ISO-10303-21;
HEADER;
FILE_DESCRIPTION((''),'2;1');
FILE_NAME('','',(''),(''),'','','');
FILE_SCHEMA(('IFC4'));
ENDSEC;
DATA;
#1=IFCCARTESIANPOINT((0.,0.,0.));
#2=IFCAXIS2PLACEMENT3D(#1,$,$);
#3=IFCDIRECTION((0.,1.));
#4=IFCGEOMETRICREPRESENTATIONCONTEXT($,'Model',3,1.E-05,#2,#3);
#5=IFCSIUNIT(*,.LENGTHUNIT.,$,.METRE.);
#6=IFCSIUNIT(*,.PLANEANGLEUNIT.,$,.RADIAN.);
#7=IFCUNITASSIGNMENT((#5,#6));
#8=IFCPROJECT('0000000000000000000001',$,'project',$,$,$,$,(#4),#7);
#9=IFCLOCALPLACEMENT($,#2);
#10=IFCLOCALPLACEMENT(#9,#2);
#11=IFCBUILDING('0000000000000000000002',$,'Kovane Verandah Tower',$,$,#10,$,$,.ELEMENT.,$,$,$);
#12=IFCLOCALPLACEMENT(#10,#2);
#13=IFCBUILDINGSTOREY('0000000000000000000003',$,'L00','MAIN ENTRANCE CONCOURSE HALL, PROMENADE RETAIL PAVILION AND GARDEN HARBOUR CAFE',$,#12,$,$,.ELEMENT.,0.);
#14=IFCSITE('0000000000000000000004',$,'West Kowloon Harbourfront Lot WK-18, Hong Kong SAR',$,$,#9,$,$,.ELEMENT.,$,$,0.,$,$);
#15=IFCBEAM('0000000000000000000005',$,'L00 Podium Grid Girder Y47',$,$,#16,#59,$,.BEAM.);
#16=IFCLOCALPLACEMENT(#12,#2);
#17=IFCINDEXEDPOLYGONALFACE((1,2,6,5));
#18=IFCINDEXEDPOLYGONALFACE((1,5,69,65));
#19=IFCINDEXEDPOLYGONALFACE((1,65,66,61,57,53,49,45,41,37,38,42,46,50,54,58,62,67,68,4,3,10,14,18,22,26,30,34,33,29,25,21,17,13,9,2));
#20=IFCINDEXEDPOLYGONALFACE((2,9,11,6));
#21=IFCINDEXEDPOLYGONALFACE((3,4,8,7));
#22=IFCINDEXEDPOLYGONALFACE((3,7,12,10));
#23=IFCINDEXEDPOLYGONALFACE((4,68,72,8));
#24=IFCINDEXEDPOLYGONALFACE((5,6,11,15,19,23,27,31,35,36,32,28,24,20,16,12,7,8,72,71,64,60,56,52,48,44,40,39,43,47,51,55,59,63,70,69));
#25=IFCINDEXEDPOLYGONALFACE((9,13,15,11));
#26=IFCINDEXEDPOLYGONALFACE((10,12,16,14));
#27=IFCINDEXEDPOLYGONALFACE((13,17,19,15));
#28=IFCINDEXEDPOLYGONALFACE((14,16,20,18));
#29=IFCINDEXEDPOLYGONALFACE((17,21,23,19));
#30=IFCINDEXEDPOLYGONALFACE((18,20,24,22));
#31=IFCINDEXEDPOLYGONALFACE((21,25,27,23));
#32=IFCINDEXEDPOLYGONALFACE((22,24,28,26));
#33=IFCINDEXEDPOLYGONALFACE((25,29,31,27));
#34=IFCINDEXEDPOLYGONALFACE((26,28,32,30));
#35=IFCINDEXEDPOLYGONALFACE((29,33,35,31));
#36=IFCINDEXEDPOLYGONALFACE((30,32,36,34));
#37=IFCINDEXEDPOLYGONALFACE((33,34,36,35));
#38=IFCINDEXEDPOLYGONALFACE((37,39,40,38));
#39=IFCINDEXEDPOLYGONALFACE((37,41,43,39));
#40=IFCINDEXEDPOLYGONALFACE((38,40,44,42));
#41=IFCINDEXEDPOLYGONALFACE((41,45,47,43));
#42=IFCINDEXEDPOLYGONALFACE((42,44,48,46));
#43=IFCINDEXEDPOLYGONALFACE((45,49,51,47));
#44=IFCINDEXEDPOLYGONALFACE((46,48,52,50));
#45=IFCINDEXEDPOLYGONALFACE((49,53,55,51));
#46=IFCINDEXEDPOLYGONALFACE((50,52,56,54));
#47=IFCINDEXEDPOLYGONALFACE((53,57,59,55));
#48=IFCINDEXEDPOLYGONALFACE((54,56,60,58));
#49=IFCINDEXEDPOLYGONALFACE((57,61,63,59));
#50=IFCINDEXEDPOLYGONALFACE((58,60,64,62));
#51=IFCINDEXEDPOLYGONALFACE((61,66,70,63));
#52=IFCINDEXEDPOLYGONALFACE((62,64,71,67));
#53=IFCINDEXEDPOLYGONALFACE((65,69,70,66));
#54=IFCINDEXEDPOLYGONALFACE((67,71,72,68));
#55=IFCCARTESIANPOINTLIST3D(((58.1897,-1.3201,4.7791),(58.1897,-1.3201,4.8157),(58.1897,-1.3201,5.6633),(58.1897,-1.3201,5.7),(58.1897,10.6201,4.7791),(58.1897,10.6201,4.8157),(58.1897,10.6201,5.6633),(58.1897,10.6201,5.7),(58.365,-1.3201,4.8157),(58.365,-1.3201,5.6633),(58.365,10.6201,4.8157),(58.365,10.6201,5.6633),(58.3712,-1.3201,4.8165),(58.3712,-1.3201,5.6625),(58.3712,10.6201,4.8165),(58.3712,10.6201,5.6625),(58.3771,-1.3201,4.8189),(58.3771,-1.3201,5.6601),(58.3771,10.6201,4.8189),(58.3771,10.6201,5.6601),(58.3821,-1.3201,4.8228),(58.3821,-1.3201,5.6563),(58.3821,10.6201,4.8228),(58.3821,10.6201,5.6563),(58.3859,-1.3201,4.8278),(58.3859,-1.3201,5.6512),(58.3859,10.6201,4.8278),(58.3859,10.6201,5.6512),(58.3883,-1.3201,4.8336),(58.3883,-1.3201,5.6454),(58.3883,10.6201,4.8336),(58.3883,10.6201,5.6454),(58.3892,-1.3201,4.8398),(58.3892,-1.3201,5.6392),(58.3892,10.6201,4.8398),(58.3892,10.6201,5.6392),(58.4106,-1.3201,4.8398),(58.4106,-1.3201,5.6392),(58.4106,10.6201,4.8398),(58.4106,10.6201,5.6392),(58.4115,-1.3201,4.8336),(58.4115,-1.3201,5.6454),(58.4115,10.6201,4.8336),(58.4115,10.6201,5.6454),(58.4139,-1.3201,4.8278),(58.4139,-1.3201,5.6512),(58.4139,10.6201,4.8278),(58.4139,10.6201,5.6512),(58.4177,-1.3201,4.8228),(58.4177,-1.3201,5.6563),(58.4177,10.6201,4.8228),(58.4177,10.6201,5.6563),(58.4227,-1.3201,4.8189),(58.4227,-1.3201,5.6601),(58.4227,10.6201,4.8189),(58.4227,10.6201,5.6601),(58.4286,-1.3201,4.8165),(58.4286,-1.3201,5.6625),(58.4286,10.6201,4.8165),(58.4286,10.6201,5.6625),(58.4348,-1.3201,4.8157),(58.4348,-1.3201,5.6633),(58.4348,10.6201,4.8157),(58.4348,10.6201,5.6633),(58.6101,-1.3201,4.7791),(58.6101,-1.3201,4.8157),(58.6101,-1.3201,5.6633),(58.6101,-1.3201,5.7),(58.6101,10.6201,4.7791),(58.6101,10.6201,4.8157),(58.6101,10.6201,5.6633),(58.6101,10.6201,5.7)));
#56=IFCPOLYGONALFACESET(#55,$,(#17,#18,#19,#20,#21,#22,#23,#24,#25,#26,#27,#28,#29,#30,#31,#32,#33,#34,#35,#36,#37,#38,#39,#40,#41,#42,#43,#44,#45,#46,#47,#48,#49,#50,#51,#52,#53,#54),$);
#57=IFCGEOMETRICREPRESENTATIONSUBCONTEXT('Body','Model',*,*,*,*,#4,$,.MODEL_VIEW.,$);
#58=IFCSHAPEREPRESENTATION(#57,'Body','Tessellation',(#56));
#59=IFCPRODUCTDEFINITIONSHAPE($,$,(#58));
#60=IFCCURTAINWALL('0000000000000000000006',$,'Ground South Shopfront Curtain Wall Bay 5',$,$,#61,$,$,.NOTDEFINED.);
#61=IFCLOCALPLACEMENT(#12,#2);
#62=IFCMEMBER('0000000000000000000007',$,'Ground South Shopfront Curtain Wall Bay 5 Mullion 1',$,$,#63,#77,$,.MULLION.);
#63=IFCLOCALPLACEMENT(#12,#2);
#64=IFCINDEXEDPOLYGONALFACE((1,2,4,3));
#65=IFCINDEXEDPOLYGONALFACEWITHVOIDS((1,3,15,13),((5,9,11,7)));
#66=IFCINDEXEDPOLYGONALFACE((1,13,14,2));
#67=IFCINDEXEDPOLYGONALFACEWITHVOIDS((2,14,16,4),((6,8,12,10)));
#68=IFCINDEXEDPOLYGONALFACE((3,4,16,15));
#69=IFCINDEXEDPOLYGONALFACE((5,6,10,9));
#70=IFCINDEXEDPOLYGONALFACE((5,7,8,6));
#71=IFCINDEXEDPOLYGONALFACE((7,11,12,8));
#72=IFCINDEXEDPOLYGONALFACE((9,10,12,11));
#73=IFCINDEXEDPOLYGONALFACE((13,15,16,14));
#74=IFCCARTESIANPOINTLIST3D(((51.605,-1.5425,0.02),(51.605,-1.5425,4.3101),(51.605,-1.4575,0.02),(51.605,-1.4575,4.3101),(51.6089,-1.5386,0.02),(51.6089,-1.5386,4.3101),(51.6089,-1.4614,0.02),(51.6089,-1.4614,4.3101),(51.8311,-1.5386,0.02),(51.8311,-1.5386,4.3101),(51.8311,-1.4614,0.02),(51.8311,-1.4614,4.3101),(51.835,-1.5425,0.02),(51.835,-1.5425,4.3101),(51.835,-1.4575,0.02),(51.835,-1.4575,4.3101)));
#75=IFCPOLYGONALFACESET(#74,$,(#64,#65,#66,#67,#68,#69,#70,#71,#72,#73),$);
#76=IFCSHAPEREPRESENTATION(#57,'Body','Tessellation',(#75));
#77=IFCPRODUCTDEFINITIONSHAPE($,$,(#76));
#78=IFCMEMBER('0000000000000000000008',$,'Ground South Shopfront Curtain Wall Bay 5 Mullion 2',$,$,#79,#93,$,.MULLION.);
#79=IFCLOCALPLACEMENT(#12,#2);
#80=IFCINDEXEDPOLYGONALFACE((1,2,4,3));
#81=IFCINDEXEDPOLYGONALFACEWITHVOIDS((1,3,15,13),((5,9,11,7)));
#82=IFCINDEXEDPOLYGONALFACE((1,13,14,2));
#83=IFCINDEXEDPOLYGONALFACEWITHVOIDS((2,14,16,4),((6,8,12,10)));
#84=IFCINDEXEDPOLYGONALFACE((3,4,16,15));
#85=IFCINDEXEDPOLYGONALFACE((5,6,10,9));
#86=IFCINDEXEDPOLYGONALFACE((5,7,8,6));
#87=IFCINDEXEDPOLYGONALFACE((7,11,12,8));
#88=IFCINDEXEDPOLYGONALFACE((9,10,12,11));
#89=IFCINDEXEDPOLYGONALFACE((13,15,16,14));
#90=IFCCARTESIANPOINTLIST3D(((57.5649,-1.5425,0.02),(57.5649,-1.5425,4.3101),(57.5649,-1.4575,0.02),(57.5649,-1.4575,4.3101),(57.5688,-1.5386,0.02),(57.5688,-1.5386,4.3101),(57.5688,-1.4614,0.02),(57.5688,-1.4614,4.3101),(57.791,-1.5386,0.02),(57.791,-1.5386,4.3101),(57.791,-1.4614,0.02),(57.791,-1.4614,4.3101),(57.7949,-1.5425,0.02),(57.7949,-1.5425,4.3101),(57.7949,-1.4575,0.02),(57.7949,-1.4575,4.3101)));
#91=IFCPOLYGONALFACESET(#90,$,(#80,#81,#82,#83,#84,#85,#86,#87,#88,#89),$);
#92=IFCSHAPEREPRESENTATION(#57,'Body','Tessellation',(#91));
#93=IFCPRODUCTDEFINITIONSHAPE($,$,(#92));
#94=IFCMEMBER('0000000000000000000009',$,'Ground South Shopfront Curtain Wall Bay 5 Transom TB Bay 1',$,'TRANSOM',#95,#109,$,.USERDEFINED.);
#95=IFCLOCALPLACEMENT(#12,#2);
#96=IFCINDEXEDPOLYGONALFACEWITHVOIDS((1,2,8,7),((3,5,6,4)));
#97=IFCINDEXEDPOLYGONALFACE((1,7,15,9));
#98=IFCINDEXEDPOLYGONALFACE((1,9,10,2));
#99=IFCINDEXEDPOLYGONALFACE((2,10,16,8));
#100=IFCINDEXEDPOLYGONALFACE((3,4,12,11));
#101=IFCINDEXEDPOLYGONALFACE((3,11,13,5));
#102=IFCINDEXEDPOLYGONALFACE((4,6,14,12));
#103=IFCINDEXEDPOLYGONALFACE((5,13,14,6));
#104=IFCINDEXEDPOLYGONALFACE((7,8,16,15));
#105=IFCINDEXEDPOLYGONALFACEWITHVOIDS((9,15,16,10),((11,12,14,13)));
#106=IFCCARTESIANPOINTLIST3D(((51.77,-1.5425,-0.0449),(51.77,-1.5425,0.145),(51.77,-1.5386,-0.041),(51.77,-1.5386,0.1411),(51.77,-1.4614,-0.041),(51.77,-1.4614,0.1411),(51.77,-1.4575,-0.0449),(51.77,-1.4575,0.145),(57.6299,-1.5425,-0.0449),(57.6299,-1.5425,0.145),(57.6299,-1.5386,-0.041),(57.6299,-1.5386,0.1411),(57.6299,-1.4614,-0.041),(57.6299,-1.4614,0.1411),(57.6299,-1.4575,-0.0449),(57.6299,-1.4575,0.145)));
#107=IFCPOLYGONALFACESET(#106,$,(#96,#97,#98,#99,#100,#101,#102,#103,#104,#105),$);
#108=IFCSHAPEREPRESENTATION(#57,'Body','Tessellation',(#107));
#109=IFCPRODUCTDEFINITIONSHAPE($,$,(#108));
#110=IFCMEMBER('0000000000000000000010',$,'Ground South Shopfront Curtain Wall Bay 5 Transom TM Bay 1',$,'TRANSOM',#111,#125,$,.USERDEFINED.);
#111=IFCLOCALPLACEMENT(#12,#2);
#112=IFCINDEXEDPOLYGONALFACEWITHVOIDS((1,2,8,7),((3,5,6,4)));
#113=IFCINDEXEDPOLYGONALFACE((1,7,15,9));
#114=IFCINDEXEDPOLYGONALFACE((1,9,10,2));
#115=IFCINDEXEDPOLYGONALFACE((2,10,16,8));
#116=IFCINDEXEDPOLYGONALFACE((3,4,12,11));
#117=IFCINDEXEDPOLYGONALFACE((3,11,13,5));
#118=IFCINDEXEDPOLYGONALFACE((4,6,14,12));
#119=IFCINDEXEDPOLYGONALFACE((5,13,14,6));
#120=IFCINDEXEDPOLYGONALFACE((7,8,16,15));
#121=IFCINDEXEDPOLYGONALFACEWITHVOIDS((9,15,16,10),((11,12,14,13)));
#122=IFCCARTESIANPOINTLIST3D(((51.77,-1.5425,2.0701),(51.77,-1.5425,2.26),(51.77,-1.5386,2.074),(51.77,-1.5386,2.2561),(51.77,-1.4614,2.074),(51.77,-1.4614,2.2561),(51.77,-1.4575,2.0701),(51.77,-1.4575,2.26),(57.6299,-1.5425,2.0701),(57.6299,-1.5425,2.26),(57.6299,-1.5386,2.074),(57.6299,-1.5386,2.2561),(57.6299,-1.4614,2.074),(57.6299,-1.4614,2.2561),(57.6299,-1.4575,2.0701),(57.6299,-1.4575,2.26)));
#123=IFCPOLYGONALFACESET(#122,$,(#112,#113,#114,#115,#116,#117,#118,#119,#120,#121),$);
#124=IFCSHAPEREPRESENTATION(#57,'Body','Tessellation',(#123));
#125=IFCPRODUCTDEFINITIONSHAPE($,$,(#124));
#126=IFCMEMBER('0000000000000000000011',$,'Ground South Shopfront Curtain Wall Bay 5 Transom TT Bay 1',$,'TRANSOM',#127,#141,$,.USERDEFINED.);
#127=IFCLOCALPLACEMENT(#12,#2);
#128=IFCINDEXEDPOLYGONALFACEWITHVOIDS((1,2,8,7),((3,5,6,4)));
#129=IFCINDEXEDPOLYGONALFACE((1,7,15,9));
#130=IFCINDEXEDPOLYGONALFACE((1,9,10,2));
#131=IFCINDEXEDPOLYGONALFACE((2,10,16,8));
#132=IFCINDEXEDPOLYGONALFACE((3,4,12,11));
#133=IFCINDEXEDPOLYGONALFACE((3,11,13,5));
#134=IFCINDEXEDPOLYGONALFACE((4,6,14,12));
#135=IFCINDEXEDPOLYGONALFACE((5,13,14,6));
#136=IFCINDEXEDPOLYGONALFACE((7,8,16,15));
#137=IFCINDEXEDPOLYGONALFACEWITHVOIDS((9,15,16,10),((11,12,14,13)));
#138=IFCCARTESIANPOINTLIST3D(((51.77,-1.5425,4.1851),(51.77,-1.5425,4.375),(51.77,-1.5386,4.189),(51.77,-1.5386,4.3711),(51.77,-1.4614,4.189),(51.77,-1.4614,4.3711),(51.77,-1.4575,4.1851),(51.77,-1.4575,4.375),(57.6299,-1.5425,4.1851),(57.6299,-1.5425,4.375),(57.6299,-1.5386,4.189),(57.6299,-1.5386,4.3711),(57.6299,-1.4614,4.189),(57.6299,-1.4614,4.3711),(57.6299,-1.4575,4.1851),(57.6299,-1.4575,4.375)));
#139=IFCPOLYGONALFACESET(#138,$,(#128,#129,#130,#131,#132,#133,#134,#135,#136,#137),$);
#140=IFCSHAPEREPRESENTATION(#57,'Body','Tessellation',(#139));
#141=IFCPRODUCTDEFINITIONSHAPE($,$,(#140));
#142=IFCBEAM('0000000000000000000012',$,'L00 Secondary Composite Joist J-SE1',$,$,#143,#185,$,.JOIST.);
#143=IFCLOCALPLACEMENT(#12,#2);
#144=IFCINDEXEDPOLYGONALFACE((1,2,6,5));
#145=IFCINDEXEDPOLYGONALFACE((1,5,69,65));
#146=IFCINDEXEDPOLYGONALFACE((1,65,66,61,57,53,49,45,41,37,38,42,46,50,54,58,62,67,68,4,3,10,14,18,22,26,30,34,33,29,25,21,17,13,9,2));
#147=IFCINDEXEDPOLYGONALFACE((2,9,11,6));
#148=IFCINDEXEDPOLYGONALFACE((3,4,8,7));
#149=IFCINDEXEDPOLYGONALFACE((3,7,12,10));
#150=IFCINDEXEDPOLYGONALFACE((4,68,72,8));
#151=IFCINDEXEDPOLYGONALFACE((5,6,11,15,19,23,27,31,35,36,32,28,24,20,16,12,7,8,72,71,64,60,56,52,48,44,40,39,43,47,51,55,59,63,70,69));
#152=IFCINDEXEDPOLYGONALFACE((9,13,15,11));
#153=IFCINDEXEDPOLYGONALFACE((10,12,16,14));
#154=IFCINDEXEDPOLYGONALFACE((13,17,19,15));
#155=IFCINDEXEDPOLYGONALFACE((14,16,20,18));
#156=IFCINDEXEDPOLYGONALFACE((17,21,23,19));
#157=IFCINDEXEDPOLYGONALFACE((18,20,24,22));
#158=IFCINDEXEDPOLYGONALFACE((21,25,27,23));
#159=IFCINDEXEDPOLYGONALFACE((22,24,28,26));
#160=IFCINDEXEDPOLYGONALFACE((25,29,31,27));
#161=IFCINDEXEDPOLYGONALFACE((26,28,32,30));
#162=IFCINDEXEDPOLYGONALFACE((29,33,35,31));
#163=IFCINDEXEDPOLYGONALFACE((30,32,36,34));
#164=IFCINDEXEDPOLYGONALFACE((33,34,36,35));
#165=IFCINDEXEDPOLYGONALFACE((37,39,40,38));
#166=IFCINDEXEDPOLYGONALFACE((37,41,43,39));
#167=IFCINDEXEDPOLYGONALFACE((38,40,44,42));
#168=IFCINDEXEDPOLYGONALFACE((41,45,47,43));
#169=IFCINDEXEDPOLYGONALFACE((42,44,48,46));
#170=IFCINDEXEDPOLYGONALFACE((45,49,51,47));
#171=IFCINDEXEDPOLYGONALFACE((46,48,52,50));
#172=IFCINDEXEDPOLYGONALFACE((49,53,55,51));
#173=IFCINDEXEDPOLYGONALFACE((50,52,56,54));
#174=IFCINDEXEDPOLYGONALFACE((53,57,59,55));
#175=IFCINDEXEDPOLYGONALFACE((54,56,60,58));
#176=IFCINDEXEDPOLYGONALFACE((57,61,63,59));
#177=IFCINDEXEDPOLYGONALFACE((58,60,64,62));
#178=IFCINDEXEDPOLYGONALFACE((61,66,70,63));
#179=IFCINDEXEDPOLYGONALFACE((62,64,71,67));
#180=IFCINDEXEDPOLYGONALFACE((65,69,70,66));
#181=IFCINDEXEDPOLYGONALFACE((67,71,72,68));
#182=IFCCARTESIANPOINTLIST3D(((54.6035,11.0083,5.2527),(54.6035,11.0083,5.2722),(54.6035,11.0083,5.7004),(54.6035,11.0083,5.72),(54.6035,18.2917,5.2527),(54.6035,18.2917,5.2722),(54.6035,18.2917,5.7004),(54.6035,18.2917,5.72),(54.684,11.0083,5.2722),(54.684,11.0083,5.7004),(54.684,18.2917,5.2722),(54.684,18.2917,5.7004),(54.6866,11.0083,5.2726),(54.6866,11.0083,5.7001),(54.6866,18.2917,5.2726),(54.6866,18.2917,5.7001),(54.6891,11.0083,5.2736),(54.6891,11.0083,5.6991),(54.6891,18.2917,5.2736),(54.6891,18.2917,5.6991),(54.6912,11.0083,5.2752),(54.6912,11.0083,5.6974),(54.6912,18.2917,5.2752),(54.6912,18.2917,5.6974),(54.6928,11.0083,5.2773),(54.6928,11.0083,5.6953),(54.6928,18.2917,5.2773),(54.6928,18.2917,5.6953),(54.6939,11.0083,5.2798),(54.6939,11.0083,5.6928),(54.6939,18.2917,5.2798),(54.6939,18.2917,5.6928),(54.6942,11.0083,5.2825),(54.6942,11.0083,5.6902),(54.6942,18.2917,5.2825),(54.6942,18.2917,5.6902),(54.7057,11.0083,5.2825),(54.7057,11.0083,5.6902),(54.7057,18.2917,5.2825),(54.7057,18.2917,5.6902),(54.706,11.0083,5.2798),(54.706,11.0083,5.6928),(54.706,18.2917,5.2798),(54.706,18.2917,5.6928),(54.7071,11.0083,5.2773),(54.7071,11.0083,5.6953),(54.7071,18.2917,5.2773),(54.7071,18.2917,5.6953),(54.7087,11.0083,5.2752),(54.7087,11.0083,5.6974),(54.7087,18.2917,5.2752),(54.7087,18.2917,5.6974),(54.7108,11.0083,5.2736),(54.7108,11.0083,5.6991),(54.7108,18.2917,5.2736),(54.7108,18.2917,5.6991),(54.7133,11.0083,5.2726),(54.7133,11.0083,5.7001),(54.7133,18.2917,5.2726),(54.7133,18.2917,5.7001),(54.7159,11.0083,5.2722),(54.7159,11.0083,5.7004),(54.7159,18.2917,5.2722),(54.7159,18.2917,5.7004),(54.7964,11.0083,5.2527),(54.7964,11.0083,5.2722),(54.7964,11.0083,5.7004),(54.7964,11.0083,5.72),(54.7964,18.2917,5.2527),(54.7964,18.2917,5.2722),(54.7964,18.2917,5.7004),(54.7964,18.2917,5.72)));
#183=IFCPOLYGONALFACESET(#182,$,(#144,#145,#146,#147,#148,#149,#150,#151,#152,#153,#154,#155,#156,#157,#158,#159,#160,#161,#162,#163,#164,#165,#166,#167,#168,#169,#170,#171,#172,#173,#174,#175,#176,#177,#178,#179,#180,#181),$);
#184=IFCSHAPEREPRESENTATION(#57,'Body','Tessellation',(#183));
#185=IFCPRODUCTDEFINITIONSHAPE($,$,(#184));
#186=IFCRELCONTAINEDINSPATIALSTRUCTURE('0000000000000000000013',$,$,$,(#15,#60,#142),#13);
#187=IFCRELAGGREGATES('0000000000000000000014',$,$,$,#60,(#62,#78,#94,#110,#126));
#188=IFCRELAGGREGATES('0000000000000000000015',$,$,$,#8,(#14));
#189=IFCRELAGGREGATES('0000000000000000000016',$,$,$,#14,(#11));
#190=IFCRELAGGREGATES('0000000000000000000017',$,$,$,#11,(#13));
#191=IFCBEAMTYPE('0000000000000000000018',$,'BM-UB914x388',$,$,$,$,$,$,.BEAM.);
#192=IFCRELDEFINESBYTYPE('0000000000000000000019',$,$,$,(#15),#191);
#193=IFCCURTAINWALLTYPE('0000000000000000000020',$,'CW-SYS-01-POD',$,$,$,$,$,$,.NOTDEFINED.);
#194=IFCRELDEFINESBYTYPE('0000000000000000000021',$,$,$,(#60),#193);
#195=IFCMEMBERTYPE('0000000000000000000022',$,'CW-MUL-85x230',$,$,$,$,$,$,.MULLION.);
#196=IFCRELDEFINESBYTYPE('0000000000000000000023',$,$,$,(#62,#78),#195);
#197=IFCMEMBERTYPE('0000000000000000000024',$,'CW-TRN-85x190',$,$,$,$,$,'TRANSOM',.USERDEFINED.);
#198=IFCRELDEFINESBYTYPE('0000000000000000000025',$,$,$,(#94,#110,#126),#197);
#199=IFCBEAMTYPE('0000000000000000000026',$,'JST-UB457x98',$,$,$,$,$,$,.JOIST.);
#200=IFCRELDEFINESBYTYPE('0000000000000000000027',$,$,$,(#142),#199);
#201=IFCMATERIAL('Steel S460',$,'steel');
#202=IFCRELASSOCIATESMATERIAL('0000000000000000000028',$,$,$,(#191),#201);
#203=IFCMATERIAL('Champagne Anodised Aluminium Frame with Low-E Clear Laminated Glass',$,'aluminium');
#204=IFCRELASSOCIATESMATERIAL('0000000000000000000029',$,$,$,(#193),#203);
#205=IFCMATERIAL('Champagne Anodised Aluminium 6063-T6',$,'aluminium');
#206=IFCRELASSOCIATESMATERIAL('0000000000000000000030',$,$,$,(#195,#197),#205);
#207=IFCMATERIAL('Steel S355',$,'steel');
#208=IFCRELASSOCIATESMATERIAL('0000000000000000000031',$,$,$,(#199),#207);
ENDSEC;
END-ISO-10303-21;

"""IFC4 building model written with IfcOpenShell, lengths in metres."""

from ifc_helpers import new_model, si_unit, direction, frame, origin, origin_2d, place, context, subcontext, project, spatial, hollow_rectangle, i_section, extrude, material, material_profile, profile_set, type_object, element, aggregate, save


model = new_model("IFC4")

# Units and contexts
model_context = context("Model", 3, precision=1e-05, world=origin(), true_north=direction((0.0, 1.0)))
body_context = subcontext(model_context, "Body", "Model", "MODEL_VIEW")
ifc_project = project(units=[si_unit("LENGTHUNIT", "METRE"), si_unit("PLANEANGLEUNIT", "RADIAN")], contexts=[model_context])

# Site, building, storey
site_placement = place(None, origin())
site = spatial("IfcSite", under=ifc_project, at=site_placement, Name="West Kowloon Harbourfront Lot WK-18, Hong Kong SAR", CompositionType="ELEMENT", RefElevation=0.0)
building_placement = place(site_placement, origin())
building = spatial("IfcBuilding", under=site, at=building_placement, Name="Kovane Verandah Tower", CompositionType="ELEMENT")
storey_placement = place(building_placement, origin())
storey = spatial("IfcBuildingStorey", under=building, at=storey_placement, Name="L00", Description="MAIN ENTRANCE CONCOURSE HALL, PROMENADE RETAIL PAVILION AND GARDEN HARBOUR CAFE", CompositionType="ELEMENT", Elevation=0.0)

# Shared definitions
ifc_material_1 = material(Name="Steel S460", Category="steel")

# Beam
ifc_material_profile_1 = material_profile(ifc_material_1, i_section(OverallWidth=0.4204, OverallDepth=0.9209, WebThickness=0.0215, FlangeThickness=0.0366, FilletRadius=0.0242, at=origin_2d()), Name="UB914x419x388")
ifc_profile_set_1 = profile_set([ifc_material_profile_1], Name="Steel S460")
beam_type_1 = type_object("IfcBeamType", Name="BM-UB914x388", PredefinedType="BEAM", material=ifc_profile_set_1)
for number, where, z_axis, x_axis, name in (
    (1, (58.3999, -1.3201, 5.2395), (0.0, 1.0, 0.0), (-1.0, 0.0, 0.0), "L00 Podium Grid Girder Y47"),
):
    element("IfcBeam", number, at=place(storey_placement, frame(where, z_axis=z_axis, x_axis=x_axis)), inside=storey, type_object=beam_type_1, Name=name, PredefinedType="BEAM", context=body_context, shape_type="SweptSolid", body=[
        extrude(i_section(OverallWidth=0.4204, OverallDepth=0.9209, WebThickness=0.0215, FlangeThickness=0.0366, FilletRadius=0.0242, at=origin_2d()), origin(), (0.0, 0.0, 1.0), 11.9402),
    ])

# Curtain wall, members
ifc_material_2 = material(Name="Champagne Anodised Aluminium Frame with Low-E Clear Laminated Glass", Category="aluminium")
curtain_wall_type = type_object("IfcCurtainWallType", Name="CW-SYS-01-POD", PredefinedType="NOTDEFINED", material=ifc_material_2)
curtain_wall_placement = place(storey_placement, origin())
curtain_wall = element("IfcCurtainWall", 2, at=curtain_wall_placement, inside=storey, type_object=curtain_wall_type, Name="Ground South Shopfront Curtain Wall Bay 5", PredefinedType="NOTDEFINED")
ifc_material_3 = material(Name="Champagne Anodised Aluminium 6063-T6", Category="aluminium")
ifc_material_profile_2 = material_profile(ifc_material_3, hollow_rectangle(XDim=0.085, YDim=0.23, WallThickness=0.0039, at=origin_2d()), Name="AL85x230x4")
ifc_profile_set_2 = profile_set([ifc_material_profile_2], Name="Champagne Anodised Aluminium 6063-T6")
member_type_1 = type_object("IfcMemberType", Name="CW-MUL-85x230", PredefinedType="MULLION", material=ifc_profile_set_2)
member_1_placement = place(storey_placement, frame((51.72, -1.5, 0.02), z_axis=(0.0, 0.0, 1.0), x_axis=(0.0, -1.0, 0.0)))
member_1 = element("IfcMember", 3, at=member_1_placement, type_object=member_type_1, Name="Ground South Shopfront Curtain Wall Bay 5 Mullion 1", PredefinedType="MULLION", context=body_context, shape_type="SweptSolid", body=[
    extrude(hollow_rectangle(XDim=0.085, YDim=0.23, WallThickness=0.0039, at=origin_2d()), origin(), (0.0, 0.0, 1.0), 4.29),
])
member_2_placement = place(storey_placement, frame((57.6799, -1.5, 0.02), z_axis=(0.0, 0.0, 1.0), x_axis=(0.0, -1.0, 0.0)))
member_2 = element("IfcMember", 4, at=member_2_placement, type_object=member_type_1, Name="Ground South Shopfront Curtain Wall Bay 5 Mullion 2", PredefinedType="MULLION", context=body_context, shape_type="SweptSolid", body=[
    extrude(hollow_rectangle(XDim=0.085, YDim=0.23, WallThickness=0.0039, at=origin_2d()), origin(), (0.0, 0.0, 1.0), 4.29),
])
ifc_material_profile_3 = material_profile(ifc_material_3, hollow_rectangle(XDim=0.085, YDim=0.1899, WallThickness=0.0039, at=origin_2d()), Name="AL85x190x4")
ifc_profile_set_3 = profile_set([ifc_material_profile_3], Name="Champagne Anodised Aluminium 6063-T6")
member_type_2 = type_object("IfcMemberType", Name="CW-TRN-85x190", ElementType="TRANSOM", PredefinedType="USERDEFINED", material=ifc_profile_set_3)
member_3_placement = place(storey_placement, frame((51.77, -1.5, 0.05), z_axis=(1.0, 0.0, 0.0), x_axis=(0.0, 1.0, 0.0)))
member_3 = element("IfcMember", 5, at=member_3_placement, type_object=member_type_2, Name="Ground South Shopfront Curtain Wall Bay 5 Transom TB Bay 1", ObjectType="TRANSOM", PredefinedType="USERDEFINED", context=body_context, shape_type="SweptSolid", body=[
    extrude(hollow_rectangle(XDim=0.085, YDim=0.1899, WallThickness=0.0039, at=origin_2d()), origin(), (0.0, 0.0, 1.0), 5.8599),
])
member_4_placement = place(storey_placement, frame((51.77, -1.5, 2.165), z_axis=(1.0, 0.0, 0.0), x_axis=(0.0, 1.0, 0.0)))
member_4 = element("IfcMember", 6, at=member_4_placement, type_object=member_type_2, Name="Ground South Shopfront Curtain Wall Bay 5 Transom TM Bay 1", ObjectType="TRANSOM", PredefinedType="USERDEFINED", context=body_context, shape_type="SweptSolid", body=[
    extrude(hollow_rectangle(XDim=0.085, YDim=0.1899, WallThickness=0.0039, at=origin_2d()), origin(), (0.0, 0.0, 1.0), 5.8599),
])
member_5_placement = place(storey_placement, frame((51.77, -1.5, 4.28), z_axis=(1.0, 0.0, 0.0), x_axis=(0.0, 1.0, 0.0)))
member_5 = element("IfcMember", 7, at=member_5_placement, type_object=member_type_2, Name="Ground South Shopfront Curtain Wall Bay 5 Transom TT Bay 1", ObjectType="TRANSOM", PredefinedType="USERDEFINED", context=body_context, shape_type="SweptSolid", body=[
    extrude(hollow_rectangle(XDim=0.085, YDim=0.1899, WallThickness=0.0039, at=origin_2d()), origin(), (0.0, 0.0, 1.0), 5.8599),
])

# Beam
ifc_material_4 = material(Name="Steel S355", Category="steel")
ifc_material_profile_4 = material_profile(ifc_material_4, i_section(OverallWidth=0.1929, OverallDepth=0.4673, WebThickness=0.0115, FlangeThickness=0.0195, FilletRadius=0.0103, at=origin_2d()), Name="UB457x191x98")
ifc_profile_set_4 = profile_set([ifc_material_profile_4], Name="Steel S355")
beam_type_2 = type_object("IfcBeamType", Name="JST-UB457x98", PredefinedType="JOIST", material=ifc_profile_set_4)
beam_1_placement = place(storey_placement, frame((54.7, 11.0083, 5.4863), z_axis=(0.0, 1.0, 0.0), x_axis=(-1.0, 0.0, 0.0)))
element("IfcBeam", 8, at=beam_1_placement, inside=storey, type_object=beam_type_2, Name="L00 Secondary Composite Joist J-SE1", PredefinedType="JOIST", context=body_context, shape_type="SweptSolid", body=[
    extrude(i_section(OverallWidth=0.1929, OverallDepth=0.4673, WebThickness=0.0115, FlangeThickness=0.0195, FilletRadius=0.0103, at=origin_2d()), origin(), (0.0, 0.0, 1.0), 7.2834),
])

aggregate(curtain_wall, [member_1, member_2, member_3, member_4, member_5])

save(model, "model.ifc")
